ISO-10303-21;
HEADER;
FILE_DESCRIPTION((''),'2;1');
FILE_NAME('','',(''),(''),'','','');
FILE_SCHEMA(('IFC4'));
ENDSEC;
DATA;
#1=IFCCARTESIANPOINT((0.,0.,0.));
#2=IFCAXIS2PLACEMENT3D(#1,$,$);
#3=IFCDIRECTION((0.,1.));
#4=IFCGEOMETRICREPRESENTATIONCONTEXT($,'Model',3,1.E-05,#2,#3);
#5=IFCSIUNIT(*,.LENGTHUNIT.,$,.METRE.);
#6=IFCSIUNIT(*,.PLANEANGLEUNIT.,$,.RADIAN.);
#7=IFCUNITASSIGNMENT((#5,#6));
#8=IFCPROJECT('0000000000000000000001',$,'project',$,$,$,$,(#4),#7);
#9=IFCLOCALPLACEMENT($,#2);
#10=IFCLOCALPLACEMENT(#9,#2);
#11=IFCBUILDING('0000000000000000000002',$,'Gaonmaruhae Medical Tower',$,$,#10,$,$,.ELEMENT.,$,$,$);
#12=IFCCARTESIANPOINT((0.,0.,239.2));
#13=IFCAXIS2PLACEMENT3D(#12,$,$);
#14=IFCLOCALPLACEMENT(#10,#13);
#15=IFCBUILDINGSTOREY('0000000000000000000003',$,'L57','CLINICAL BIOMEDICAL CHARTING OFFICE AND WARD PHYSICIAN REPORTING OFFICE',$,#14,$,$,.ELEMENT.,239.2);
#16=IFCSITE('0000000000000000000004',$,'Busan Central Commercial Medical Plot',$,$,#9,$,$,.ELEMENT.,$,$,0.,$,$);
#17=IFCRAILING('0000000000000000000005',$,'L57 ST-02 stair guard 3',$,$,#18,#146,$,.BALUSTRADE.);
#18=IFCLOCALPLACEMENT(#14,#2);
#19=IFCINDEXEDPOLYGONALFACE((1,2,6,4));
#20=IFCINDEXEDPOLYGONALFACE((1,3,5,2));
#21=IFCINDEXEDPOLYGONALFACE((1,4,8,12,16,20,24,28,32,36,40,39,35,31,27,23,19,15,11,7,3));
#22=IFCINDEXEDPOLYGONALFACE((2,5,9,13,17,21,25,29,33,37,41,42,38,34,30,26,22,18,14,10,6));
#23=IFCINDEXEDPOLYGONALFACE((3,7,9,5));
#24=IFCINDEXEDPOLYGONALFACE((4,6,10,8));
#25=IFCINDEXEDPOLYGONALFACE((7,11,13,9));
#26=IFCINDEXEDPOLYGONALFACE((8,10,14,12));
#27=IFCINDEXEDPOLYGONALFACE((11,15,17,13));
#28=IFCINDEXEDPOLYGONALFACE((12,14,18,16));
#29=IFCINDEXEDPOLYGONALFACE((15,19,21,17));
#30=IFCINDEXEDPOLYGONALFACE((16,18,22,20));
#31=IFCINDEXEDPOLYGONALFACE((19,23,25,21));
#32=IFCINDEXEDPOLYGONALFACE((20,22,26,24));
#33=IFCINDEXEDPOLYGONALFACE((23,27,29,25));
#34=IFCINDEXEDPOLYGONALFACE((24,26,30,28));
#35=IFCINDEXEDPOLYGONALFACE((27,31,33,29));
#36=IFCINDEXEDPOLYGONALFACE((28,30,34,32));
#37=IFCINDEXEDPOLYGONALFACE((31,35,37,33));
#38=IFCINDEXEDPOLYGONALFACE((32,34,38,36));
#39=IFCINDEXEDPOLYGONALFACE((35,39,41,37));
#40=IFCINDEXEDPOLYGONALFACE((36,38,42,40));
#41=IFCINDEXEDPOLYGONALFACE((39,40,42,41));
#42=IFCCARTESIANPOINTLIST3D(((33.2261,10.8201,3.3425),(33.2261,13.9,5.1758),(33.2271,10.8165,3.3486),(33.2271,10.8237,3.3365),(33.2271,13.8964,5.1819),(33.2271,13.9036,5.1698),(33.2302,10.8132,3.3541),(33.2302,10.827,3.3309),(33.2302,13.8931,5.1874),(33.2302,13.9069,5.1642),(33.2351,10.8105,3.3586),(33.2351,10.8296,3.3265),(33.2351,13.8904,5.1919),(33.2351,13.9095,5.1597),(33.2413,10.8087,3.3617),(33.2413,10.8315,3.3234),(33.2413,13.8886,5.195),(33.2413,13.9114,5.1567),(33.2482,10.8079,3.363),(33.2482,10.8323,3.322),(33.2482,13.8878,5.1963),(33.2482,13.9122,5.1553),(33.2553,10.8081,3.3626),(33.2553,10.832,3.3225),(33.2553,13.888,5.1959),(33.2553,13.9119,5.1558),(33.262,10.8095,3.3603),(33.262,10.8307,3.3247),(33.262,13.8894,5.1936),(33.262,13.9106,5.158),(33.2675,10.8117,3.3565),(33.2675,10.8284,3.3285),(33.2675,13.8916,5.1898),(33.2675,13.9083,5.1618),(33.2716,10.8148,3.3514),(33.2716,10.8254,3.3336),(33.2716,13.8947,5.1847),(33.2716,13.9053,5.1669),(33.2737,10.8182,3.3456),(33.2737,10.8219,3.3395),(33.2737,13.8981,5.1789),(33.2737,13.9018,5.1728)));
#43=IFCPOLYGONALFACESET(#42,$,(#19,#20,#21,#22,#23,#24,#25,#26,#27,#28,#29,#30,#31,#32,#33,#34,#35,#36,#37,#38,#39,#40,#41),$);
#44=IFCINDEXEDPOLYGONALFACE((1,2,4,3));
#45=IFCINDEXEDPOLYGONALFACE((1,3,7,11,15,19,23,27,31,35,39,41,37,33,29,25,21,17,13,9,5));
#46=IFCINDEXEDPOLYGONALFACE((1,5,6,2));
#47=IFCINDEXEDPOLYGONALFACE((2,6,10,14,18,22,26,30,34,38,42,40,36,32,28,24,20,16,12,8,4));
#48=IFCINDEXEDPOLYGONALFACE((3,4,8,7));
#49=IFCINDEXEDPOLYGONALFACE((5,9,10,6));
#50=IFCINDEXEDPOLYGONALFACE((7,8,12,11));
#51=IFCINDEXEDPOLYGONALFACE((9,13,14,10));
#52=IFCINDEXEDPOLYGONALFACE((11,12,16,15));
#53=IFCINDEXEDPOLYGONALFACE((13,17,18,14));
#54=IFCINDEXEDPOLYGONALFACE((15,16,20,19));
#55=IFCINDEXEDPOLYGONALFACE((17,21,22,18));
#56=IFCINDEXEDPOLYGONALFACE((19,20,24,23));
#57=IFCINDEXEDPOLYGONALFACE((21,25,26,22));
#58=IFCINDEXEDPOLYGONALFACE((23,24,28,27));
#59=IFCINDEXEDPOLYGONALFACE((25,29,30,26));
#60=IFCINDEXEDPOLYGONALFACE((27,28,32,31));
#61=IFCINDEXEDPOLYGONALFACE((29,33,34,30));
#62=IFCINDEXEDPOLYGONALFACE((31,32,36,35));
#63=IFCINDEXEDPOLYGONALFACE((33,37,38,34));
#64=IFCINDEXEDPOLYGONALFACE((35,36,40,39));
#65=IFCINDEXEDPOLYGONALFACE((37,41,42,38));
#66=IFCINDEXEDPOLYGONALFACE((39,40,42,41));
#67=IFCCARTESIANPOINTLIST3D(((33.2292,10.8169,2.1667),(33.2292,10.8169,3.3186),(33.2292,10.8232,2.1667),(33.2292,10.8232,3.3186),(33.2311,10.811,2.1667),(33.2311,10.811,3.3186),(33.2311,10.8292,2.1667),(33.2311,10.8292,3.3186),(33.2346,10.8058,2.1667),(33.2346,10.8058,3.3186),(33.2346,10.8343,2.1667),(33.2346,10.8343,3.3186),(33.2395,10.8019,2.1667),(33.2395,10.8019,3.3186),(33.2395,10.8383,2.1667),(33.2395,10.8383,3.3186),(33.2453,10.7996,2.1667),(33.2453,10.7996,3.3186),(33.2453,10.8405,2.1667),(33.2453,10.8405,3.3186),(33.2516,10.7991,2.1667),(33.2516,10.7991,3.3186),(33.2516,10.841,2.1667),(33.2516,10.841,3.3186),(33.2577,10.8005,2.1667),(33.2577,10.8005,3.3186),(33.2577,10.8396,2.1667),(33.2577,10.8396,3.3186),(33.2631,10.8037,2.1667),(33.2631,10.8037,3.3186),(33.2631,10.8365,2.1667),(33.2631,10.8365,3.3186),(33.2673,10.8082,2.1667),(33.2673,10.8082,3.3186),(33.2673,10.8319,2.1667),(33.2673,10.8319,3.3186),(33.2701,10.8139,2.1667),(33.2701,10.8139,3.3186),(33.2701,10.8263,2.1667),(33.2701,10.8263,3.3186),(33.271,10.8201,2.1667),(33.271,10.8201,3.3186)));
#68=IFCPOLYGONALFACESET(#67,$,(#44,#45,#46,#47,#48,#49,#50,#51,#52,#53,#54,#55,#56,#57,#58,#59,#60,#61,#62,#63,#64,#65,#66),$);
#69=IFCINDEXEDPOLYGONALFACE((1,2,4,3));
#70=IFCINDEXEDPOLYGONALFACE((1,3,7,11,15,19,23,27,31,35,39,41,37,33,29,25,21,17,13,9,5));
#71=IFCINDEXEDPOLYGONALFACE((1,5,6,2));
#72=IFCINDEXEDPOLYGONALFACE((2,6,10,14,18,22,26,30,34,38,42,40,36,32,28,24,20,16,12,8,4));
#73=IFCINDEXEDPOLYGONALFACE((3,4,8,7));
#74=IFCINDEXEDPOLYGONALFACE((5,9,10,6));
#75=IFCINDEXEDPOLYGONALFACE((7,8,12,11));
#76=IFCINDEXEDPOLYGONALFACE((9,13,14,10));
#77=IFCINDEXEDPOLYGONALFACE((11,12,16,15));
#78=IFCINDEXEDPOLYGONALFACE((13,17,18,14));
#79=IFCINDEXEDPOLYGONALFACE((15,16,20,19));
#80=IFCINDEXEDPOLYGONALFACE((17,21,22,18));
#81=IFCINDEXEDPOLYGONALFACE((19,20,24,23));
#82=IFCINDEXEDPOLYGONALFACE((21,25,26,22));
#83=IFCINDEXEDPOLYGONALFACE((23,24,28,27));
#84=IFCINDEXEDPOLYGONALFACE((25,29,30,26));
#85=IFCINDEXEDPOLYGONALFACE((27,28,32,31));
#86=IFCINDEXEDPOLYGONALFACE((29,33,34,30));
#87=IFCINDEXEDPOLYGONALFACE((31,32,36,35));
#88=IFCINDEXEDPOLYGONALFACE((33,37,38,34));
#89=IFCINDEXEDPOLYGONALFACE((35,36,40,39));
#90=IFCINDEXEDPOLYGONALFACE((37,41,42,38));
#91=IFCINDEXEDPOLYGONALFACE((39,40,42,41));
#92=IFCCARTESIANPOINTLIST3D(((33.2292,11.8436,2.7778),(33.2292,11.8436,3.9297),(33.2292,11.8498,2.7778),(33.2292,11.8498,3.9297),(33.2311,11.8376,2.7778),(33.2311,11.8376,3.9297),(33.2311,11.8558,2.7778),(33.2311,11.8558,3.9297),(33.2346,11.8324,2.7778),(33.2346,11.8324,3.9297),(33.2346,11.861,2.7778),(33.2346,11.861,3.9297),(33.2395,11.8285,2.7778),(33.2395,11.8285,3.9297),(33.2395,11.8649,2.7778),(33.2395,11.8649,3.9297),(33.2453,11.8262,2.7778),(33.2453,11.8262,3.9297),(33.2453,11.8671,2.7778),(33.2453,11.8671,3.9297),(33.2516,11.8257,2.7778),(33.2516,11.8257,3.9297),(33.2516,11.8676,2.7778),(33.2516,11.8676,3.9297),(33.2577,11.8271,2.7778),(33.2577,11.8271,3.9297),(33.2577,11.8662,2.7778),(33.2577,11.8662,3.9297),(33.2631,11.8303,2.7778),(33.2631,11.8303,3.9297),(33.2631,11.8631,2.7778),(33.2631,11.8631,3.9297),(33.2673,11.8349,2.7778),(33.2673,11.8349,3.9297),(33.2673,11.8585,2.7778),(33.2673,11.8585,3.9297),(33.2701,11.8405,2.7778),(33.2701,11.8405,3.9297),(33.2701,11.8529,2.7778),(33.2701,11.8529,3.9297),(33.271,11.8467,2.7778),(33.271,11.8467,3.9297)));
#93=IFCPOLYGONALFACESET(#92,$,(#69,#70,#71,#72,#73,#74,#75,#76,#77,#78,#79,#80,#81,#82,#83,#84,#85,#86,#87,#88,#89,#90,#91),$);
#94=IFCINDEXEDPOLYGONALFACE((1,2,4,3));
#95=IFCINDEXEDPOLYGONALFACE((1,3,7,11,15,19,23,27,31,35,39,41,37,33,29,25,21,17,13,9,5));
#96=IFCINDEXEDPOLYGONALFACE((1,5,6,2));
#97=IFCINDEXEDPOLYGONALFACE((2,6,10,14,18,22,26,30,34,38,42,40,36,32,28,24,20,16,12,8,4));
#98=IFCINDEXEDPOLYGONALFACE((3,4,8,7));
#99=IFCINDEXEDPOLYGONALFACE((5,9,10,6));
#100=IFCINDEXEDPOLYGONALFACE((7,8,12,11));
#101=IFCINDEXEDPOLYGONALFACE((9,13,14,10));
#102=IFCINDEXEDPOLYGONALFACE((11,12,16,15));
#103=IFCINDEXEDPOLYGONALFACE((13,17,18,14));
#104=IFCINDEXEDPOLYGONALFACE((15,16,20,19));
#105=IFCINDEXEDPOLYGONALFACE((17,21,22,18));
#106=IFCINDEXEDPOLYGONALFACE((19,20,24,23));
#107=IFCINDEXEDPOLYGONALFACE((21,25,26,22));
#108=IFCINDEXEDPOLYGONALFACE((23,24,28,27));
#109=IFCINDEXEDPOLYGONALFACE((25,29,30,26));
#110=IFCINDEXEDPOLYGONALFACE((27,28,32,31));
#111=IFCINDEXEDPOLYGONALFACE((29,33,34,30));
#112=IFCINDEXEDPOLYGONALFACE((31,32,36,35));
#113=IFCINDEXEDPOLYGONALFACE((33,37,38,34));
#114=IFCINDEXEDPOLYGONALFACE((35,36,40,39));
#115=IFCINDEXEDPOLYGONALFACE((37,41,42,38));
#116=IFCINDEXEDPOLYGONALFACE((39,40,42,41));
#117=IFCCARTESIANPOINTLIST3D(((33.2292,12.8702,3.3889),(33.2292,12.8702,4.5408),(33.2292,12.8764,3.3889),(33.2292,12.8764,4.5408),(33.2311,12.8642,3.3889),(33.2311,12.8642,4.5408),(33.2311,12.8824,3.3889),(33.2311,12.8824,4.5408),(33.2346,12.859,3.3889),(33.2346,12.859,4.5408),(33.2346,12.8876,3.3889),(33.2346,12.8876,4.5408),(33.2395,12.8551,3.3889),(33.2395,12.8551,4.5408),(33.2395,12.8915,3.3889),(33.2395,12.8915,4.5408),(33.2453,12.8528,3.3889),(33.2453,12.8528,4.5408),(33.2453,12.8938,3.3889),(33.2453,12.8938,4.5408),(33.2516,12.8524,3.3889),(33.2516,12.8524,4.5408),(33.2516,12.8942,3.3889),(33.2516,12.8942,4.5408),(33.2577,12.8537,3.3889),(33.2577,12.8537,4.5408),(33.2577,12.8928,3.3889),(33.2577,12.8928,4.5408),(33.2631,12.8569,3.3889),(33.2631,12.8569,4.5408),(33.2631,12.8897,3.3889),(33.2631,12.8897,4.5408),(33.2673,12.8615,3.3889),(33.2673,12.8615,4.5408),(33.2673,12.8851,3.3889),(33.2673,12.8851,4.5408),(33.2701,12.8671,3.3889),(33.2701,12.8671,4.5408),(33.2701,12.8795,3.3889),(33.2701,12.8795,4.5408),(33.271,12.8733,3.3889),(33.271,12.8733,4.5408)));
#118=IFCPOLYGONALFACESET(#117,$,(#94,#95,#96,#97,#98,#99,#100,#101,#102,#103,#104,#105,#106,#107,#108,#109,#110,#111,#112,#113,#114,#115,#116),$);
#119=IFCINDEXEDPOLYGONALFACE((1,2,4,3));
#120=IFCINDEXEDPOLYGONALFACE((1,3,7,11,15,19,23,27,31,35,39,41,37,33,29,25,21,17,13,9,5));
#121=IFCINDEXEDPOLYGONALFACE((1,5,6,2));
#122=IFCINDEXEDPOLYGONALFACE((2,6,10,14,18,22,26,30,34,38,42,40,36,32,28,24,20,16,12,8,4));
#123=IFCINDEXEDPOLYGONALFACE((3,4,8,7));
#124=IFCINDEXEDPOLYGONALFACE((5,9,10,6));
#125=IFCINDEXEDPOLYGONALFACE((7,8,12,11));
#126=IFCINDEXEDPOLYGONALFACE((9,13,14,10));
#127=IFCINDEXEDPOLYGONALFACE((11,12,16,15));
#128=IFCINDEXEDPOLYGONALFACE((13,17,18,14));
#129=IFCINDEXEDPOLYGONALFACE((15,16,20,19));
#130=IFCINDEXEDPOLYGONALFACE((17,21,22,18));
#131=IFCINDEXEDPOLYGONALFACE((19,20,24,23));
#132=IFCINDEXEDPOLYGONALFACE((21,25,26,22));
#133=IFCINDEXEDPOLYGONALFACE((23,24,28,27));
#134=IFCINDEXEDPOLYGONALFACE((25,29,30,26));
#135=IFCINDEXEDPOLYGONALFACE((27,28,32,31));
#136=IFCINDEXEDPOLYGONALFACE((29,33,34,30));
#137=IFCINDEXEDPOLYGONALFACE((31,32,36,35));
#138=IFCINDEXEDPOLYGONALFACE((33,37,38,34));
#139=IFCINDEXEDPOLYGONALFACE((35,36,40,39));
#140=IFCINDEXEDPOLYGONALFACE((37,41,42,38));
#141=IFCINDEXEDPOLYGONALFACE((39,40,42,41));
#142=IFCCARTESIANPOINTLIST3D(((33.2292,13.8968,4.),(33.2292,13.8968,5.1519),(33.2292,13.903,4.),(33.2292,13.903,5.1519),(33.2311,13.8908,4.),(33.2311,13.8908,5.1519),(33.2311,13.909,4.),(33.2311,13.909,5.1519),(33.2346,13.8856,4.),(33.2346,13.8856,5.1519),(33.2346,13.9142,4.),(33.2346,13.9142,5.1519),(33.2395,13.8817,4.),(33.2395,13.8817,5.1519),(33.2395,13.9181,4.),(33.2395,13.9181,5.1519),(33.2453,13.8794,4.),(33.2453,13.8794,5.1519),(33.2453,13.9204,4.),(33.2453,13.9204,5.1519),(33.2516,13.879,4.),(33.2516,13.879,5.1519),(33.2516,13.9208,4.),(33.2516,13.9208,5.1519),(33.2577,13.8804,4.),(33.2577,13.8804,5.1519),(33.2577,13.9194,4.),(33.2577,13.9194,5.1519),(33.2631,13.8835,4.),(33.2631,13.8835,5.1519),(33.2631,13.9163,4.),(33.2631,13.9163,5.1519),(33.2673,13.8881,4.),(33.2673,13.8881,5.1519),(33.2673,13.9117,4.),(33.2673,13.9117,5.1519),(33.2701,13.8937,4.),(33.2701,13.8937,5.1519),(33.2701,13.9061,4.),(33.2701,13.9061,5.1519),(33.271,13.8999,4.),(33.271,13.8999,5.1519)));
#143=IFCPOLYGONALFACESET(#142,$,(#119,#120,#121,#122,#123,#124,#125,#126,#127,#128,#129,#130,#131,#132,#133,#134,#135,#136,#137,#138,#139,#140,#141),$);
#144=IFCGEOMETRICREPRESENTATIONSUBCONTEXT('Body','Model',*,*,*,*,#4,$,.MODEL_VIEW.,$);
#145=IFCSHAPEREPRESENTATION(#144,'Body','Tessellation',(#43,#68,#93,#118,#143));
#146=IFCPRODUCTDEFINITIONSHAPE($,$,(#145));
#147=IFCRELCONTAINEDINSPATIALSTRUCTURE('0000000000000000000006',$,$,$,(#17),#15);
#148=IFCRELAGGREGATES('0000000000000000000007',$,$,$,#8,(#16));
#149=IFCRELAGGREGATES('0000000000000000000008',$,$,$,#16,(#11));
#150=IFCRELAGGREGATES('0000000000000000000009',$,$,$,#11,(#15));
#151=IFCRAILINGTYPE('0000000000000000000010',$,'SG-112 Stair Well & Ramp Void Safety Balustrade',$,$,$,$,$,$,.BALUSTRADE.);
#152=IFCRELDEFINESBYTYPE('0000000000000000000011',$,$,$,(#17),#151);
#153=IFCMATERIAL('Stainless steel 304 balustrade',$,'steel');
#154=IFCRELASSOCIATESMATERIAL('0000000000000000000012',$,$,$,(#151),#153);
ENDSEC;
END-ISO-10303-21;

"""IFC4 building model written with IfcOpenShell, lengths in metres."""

from ifc_helpers import new_model, si_unit, direction, frame, origin, origin_2d, place, context, subcontext, project, spatial, circle, extrude, material, type_object, element, save


model = new_model("IFC4")

# Units and contexts
model_context = context("Model", 3, precision=1e-05, world=origin(), true_north=direction((0.0, 1.0)))
body_context = subcontext(model_context, "Body", "Model", "MODEL_VIEW")
ifc_project = project(units=[si_unit("LENGTHUNIT", "METRE"), si_unit("PLANEANGLEUNIT", "RADIAN")], contexts=[model_context])

# Site, building, storey
site_placement = place(None, origin())
site = spatial("IfcSite", under=ifc_project, at=site_placement, Name="Busan Central Commercial Medical Plot", CompositionType="ELEMENT", RefElevation=0.0)
building_placement = place(site_placement, origin())
building = spatial("IfcBuilding", under=site, at=building_placement, Name="Gaonmaruhae Medical Tower", CompositionType="ELEMENT")
storey_placement = place(building_placement, frame((0.0, 0.0, 239.2)))
storey = spatial("IfcBuildingStorey", under=building, at=storey_placement, Name="L57", Description="CLINICAL BIOMEDICAL CHARTING OFFICE AND WARD PHYSICIAN REPORTING OFFICE", CompositionType="ELEMENT", Elevation=239.2)

# Railing
ifc_material_1 = material(Name="Stainless steel 304 balustrade", Category="steel")
railing_type_1 = type_object("IfcRailingType", Name="SG-112 Stair Well & Ramp Void Safety Balustrade", PredefinedType="BALUSTRADE", material=ifc_material_1)
railing_1_placement = place(storey_placement, frame((33.25, 10.8201, 2.1667)))
element("IfcRailing", 1, at=railing_1_placement, inside=storey, type_object=railing_type_1, Name="L57 ST-02 stair guard 3", PredefinedType="BALUSTRADE", context=body_context, shape_type="SweptSolid", body=[
    extrude(circle(Radius=0.0239, at=origin_2d()), frame((0.0, 0.0, 1.1758), z_axis=(0.0, 0.859291, 0.511487), x_axis=(-1.0, 0.0, 0.0)), (0.0, 0.0, 1.0), 3.5842),
    extrude(circle(Radius=0.021, at=origin_2d()), origin(), (0.0, 0.0, 1.0), 1.1519),
    extrude(circle(Radius=0.021, at=origin_2d()), frame((0.0, 1.0266, 0.6111)), (0.0, 0.0, 1.0), 1.1519),
    extrude(circle(Radius=0.021, at=origin_2d()), frame((0.0, 2.0532, 1.2222)), (0.0, 0.0, 1.0), 1.1519),
    extrude(circle(Radius=0.021, at=origin_2d()), frame((0.0, 3.0798, 1.8333)), (0.0, 0.0, 1.0), 1.1519),
])

save(model, "model.ifc")
